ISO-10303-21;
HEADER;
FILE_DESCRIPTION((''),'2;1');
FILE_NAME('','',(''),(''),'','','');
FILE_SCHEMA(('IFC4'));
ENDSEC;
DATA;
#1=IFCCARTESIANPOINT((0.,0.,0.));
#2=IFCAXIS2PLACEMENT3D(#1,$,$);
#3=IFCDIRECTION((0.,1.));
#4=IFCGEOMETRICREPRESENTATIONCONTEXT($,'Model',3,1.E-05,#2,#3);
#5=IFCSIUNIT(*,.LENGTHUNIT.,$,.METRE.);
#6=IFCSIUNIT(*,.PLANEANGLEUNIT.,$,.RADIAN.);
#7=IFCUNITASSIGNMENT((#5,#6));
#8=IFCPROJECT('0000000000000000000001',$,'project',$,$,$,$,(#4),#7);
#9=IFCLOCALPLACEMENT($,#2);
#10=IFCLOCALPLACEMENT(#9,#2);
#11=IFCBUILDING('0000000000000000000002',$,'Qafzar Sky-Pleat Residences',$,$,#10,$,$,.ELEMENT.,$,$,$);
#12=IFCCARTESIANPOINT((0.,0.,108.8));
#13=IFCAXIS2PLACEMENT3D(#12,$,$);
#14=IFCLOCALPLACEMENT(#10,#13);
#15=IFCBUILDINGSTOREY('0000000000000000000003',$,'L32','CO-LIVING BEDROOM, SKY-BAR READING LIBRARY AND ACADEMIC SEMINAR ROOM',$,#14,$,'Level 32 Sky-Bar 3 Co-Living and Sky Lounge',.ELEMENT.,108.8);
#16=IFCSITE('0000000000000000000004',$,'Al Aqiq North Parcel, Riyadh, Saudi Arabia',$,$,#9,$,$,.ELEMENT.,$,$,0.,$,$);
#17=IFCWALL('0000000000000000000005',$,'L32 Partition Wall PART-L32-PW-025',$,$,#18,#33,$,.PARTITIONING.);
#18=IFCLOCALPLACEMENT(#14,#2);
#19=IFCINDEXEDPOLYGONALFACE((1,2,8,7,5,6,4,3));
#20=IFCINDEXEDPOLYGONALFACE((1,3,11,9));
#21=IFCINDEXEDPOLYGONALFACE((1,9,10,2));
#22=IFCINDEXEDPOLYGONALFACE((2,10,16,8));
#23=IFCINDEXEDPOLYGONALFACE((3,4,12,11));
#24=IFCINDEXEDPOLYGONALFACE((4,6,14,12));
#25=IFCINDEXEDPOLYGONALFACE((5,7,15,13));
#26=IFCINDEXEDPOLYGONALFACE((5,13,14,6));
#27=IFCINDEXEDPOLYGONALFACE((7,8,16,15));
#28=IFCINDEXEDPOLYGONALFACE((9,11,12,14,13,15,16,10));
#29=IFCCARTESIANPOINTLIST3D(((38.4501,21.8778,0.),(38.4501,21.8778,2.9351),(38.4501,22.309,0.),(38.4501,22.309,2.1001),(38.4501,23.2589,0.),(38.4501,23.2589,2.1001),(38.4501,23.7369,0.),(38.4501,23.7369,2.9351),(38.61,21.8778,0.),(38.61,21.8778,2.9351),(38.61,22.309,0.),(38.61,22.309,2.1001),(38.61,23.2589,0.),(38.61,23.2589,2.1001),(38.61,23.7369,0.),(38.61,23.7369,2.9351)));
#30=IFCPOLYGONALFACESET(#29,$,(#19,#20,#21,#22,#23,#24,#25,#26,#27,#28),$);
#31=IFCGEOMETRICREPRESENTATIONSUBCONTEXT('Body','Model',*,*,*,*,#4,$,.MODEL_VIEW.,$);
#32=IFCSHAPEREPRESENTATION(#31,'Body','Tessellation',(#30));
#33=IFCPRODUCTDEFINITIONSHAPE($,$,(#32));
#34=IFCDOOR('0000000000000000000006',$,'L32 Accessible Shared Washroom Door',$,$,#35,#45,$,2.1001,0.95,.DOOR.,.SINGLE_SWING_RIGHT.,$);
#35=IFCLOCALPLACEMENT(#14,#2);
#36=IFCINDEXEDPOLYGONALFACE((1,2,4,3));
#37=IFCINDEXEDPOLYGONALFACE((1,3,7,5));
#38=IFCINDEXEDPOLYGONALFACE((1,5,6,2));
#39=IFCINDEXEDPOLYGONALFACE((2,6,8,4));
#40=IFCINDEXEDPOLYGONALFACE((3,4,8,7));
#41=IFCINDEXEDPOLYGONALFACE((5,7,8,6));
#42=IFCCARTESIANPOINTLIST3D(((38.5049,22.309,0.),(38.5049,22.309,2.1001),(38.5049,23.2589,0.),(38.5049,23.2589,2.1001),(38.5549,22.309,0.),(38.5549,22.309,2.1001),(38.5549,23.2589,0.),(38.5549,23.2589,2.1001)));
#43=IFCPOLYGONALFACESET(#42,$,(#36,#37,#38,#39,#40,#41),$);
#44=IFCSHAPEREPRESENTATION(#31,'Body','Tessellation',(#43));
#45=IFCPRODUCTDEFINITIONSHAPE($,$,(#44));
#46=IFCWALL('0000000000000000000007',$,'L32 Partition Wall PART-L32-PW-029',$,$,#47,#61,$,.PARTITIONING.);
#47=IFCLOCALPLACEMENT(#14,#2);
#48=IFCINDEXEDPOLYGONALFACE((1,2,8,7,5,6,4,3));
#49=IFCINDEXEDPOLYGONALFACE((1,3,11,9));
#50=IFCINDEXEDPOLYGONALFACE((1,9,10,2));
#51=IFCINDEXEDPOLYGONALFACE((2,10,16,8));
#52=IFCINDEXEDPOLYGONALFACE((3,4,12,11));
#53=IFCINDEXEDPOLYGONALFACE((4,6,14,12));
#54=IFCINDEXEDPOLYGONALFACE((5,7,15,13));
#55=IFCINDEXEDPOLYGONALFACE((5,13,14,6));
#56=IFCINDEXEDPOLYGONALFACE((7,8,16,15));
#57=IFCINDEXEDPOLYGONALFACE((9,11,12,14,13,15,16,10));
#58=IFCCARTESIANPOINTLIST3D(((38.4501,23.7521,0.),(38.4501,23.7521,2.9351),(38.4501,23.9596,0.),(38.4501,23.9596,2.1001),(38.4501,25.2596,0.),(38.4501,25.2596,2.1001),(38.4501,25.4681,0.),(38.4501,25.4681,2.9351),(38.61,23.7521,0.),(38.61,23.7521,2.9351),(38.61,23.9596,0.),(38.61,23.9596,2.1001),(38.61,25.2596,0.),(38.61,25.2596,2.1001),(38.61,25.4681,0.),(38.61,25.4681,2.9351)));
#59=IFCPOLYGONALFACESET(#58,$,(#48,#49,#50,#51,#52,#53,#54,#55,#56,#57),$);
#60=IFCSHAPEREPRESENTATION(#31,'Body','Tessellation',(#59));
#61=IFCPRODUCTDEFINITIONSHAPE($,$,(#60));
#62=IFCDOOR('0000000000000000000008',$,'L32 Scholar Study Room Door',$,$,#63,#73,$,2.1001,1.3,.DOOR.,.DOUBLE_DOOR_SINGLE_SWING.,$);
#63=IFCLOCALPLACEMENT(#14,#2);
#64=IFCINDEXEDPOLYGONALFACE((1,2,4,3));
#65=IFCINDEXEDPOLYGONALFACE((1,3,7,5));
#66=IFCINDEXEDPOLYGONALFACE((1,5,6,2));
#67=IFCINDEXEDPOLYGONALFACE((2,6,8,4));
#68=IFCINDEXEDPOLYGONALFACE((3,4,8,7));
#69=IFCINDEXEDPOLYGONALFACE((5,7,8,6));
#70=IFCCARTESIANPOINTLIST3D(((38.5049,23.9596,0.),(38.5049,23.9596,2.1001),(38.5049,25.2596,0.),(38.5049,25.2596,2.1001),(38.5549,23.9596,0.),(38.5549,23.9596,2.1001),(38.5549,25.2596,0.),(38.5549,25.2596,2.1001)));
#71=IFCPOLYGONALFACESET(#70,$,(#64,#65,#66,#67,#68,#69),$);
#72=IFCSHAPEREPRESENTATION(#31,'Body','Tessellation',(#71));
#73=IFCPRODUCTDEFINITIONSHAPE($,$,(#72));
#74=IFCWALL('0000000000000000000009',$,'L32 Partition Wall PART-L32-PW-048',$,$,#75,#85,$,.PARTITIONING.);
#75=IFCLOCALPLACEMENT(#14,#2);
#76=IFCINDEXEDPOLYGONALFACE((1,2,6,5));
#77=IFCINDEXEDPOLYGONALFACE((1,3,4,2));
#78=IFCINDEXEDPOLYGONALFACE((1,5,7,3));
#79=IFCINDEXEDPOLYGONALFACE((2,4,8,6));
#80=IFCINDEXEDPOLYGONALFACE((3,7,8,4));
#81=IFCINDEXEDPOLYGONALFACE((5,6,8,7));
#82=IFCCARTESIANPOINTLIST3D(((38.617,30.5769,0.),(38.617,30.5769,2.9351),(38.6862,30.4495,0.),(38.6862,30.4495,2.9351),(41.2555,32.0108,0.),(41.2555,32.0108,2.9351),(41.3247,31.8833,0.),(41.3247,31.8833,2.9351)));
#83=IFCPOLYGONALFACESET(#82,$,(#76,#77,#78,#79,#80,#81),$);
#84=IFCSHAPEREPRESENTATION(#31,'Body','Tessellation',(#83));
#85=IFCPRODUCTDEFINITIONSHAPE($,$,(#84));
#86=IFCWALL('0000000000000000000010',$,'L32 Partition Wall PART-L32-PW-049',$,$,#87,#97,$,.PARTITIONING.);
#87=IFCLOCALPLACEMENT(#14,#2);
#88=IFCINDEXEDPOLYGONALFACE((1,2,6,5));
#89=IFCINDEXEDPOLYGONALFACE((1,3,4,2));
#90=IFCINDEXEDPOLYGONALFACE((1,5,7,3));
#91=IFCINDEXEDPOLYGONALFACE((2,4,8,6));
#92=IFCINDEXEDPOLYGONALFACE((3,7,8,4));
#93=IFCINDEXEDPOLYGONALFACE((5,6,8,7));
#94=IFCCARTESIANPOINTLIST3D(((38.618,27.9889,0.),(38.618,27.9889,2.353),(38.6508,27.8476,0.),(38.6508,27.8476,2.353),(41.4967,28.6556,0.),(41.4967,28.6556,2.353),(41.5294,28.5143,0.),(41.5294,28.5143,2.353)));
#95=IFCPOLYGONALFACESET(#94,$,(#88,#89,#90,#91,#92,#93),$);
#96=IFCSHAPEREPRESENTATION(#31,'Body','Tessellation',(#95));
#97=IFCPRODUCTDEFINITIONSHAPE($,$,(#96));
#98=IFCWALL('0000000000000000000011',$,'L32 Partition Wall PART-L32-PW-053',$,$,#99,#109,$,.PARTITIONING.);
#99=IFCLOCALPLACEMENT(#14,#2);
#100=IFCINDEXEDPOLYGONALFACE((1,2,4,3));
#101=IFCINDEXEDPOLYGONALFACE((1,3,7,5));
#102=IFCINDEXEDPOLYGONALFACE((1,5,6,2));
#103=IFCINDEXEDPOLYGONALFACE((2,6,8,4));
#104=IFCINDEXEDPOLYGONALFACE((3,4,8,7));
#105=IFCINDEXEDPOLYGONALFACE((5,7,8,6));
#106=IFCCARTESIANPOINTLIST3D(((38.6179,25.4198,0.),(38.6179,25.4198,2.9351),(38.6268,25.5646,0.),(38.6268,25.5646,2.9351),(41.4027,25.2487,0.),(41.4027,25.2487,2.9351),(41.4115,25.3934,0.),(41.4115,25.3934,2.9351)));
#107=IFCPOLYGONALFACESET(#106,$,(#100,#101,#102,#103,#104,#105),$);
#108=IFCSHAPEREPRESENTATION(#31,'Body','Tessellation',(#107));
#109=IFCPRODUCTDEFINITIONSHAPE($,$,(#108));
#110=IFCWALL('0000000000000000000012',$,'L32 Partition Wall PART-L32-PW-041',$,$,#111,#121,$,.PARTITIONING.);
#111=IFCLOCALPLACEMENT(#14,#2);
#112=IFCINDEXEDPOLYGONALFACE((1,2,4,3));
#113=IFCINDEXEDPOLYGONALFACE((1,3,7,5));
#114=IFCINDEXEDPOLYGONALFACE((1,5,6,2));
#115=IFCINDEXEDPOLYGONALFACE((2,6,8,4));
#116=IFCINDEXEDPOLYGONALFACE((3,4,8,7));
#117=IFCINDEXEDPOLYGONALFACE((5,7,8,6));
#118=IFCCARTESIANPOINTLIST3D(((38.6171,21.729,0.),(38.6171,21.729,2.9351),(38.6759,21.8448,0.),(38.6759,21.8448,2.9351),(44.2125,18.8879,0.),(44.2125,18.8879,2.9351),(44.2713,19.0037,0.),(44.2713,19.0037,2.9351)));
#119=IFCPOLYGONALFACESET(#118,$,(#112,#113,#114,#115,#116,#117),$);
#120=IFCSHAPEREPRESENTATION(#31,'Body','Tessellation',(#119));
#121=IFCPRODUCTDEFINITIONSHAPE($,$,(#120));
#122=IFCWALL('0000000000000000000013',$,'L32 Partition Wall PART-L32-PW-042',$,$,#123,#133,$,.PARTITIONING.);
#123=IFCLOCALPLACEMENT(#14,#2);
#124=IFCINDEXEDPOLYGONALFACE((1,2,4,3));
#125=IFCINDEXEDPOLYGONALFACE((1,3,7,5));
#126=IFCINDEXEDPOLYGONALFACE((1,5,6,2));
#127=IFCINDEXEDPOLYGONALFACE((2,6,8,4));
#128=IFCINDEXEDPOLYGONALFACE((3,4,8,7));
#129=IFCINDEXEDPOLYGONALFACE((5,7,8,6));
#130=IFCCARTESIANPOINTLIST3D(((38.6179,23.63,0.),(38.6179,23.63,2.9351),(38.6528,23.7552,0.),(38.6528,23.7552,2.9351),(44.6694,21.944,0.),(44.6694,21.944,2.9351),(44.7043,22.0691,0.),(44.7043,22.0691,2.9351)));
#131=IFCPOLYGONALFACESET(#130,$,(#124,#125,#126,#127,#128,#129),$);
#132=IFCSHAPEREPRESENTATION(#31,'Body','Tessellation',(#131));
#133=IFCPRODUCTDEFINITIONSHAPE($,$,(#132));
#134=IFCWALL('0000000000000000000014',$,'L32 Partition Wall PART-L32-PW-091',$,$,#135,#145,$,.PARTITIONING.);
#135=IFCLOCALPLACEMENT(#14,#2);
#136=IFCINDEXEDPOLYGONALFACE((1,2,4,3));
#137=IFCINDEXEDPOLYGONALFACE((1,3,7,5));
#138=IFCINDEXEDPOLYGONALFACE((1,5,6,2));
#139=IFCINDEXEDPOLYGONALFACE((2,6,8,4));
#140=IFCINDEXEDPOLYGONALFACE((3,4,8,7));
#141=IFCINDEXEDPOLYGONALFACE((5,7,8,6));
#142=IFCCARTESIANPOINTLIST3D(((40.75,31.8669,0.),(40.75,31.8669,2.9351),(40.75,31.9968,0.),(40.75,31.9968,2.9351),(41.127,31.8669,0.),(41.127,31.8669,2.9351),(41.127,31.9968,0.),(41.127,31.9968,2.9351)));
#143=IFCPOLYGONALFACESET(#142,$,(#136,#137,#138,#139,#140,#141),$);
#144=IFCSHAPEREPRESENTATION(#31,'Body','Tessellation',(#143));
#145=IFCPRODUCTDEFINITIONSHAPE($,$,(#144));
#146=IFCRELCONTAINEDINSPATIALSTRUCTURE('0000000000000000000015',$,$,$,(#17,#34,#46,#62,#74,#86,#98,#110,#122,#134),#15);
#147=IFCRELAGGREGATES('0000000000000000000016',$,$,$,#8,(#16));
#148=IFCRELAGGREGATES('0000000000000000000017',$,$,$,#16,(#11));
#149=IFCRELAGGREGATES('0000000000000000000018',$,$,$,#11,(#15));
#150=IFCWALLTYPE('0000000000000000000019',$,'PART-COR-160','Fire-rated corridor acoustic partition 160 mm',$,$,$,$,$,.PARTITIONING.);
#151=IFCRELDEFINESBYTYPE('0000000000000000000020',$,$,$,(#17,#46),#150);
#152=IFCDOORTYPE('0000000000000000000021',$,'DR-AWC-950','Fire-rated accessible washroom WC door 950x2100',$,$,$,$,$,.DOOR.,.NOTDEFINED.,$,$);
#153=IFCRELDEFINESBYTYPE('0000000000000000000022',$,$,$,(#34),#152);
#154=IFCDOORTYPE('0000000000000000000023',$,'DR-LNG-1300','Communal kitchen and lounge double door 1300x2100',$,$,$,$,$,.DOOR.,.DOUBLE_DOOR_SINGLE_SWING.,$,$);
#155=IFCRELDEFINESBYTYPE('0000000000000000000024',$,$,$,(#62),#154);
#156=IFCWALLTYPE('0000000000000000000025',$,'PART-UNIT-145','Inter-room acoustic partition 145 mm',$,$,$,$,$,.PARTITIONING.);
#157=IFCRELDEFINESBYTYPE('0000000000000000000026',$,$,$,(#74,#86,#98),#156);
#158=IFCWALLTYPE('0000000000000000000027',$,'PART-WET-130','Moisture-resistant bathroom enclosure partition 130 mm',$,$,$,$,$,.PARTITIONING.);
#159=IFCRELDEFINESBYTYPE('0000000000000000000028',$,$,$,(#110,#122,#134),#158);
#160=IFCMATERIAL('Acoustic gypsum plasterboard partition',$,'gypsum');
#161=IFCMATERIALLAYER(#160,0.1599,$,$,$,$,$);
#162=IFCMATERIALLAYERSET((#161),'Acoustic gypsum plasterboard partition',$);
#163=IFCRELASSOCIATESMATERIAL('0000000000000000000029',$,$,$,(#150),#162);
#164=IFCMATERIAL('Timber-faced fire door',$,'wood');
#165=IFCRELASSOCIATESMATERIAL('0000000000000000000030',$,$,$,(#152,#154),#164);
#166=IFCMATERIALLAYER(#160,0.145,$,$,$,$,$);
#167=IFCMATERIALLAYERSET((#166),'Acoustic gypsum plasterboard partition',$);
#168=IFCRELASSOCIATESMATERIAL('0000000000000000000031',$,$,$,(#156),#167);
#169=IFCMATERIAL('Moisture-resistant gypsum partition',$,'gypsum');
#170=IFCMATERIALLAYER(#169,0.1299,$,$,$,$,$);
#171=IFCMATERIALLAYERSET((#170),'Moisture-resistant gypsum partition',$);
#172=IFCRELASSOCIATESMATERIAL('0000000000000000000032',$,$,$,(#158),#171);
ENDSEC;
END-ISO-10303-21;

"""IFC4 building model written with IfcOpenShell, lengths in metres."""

from ifc_helpers import new_model, si_unit, direction, frame, frame_2d, origin, place, context, subcontext, project, spatial, rectangle, extrude, source, transform, mapped, material, layer, layer_set, type_object, element, fill, save


model = new_model("IFC4")

# Units and contexts
model_context = context("Model", 3, precision=1e-05, world=origin(), true_north=direction((0.0, 1.0)))
body_context = subcontext(model_context, "Body", "Model", "MODEL_VIEW")
ifc_project = project(units=[si_unit("LENGTHUNIT", "METRE"), si_unit("PLANEANGLEUNIT", "RADIAN")], contexts=[model_context])

# Site, building, storey
site_placement = place(None, origin())
site = spatial("IfcSite", under=ifc_project, at=site_placement, Name="Al Aqiq North Parcel, Riyadh, Saudi Arabia", CompositionType="ELEMENT", RefElevation=0.0)
building_placement = place(site_placement, origin())
building = spatial("IfcBuilding", under=site, at=building_placement, Name="Qafzar Sky-Pleat Residences", CompositionType="ELEMENT")
storey_placement = place(building_placement, frame((0.0, 0.0, 108.8)))
storey = spatial("IfcBuildingStorey", under=building, at=storey_placement, Name="L32", Description="CO-LIVING BEDROOM, SKY-BAR READING LIBRARY AND ACADEMIC SEMINAR ROOM", LongName="Level 32 Sky-Bar 3 Co-Living and Sky Lounge", CompositionType="ELEMENT", Elevation=108.8)

# Walls, openings, doors
ifc_material_1 = material(Name="Acoustic gypsum plasterboard partition", Category="gypsum")
ifc_layer_1 = layer(ifc_material_1, 0.1599)
ifc_layer_set_1 = layer_set([ifc_layer_1], Name="Acoustic gypsum plasterboard partition")
wall_type_1 = type_object("IfcWallType", Name="PART-COR-160", Description="Fire-rated corridor acoustic partition 160 mm", PredefinedType="PARTITIONING", material=ifc_layer_set_1)
ifc_material_2 = material(Name="Timber-faced fire door", Category="wood")
wall_1_placement = place(storey_placement, frame((38.53, 23.7371, 0.0), z_axis=(0.0, 0.0, 1.0), x_axis=(0.0, -1.0, 0.0)))
wall_1 = element("IfcWall", 1, at=wall_1_placement, inside=storey, type_object=wall_type_1, Name="L32 Partition Wall PART-L32-PW-025", PredefinedType="PARTITIONING", context=body_context, shape_type="SweptSolid", body=[
    extrude(rectangle(XDim=1.8591, YDim=0.1599, at=frame_2d((0.9297, 0.0))), origin(), (0.0, 0.0, 1.0), 2.9351),
])
opening_1_placement = place(wall_1_placement, frame((0.478, 0.0, 0.0)))
opening_1 = element("IfcOpeningElement", 2, at=opening_1_placement, cuts=wall_1, PredefinedType="OPENING", context=body_context, shape_type="SweptSolid", body=[
    extrude(rectangle(XDim=0.95, YDim=2.1001, at=frame_2d((0.4751, 1.05))), frame((0.0, 0.0898, 0.0), z_axis=(0.0, -1.0, 0.0), x_axis=(1.0, 0.0, 0.0)), (0.0, 0.0, 1.0), 0.1799),
])
door_type_1 = type_object("IfcDoorType", Name="DR-AWC-950", Description="Fire-rated accessible washroom WC door 950x2100", OperationType="NOTDEFINED", PredefinedType="DOOR", material=ifc_material_2)
shared_shape_1 = source(origin(), body_context, "Body", "SweptSolid", [
    extrude(rectangle(XDim=0.95, YDim=2.1001, at=frame_2d((0.4751, 1.05))), frame((0.0, 0.0249, 0.0), z_axis=(0.0, -1.0, 0.0), x_axis=(1.0, 0.0, 0.0)), (0.0, 0.0, 1.0), 0.05),
])
door_1_placement = place(opening_1_placement, origin())
door_1 = element("IfcDoor", 3, at=door_1_placement, inside=storey, type_object=door_type_1, Name="L32 Accessible Shared Washroom Door", OperationType="SINGLE_SWING_RIGHT", OverallHeight=2.1001, OverallWidth=0.95, PredefinedType="DOOR", context=body_context, shape_type="MappedRepresentation", body=[
    mapped(shared_shape_1, transform((0.0, 0.0, 0.0), x_axis=(1.0, 0.0, 0.0), y_axis=(0.0, 1.0, 0.0), z_axis=(0.0, 0.0, 1.0), scale=1.0)),
])
fill(opening_1, door_1)
wall_2_placement = place(storey_placement, frame((38.53, 25.468, 0.0), z_axis=(0.0, 0.0, 1.0), x_axis=(0.0, -1.0, 0.0)))
wall_2 = element("IfcWall", 4, at=wall_2_placement, inside=storey, type_object=wall_type_1, Name="L32 Partition Wall PART-L32-PW-029", PredefinedType="PARTITIONING", context=body_context, shape_type="SweptSolid", body=[
    extrude(rectangle(XDim=1.7161, YDim=0.1599, at=frame_2d((0.8579, 0.0))), origin(), (0.0, 0.0, 1.0), 2.9351),
])
opening_2_placement = place(wall_2_placement, frame((0.2085, 0.0, 0.0)))
opening_2 = element("IfcOpeningElement", 5, at=opening_2_placement, cuts=wall_2, PredefinedType="OPENING", context=body_context, shape_type="SweptSolid", body=[
    extrude(rectangle(XDim=1.3, YDim=2.1001, at=frame_2d((0.6499, 1.05))), frame((0.0, 0.0898, 0.0), z_axis=(0.0, -1.0, 0.0), x_axis=(1.0, 0.0, 0.0)), (0.0, 0.0, 1.0), 0.1799),
])
door_type_2 = type_object("IfcDoorType", Name="DR-LNG-1300", Description="Communal kitchen and lounge double door 1300x2100", OperationType="DOUBLE_DOOR_SINGLE_SWING", PredefinedType="DOOR", material=ifc_material_2)
shared_shape_2 = source(origin(), body_context, "Body", "SweptSolid", [
    extrude(rectangle(XDim=1.3, YDim=2.1001, at=frame_2d((0.6499, 1.05))), frame((0.0, 0.0249, 0.0), z_axis=(0.0, -1.0, 0.0), x_axis=(1.0, 0.0, 0.0)), (0.0, 0.0, 1.0), 0.05),
])
door_2_placement = place(opening_2_placement, origin())
door_2 = element("IfcDoor", 6, at=door_2_placement, inside=storey, type_object=door_type_2, Name="L32 Scholar Study Room Door", OperationType="DOUBLE_DOOR_SINGLE_SWING", OverallHeight=2.1001, OverallWidth=1.3, PredefinedType="DOOR", context=body_context, shape_type="MappedRepresentation", body=[
    mapped(shared_shape_2, transform((0.0, 0.0, 0.0), x_axis=(1.0, 0.0, 0.0), y_axis=(0.0, 1.0, 0.0), z_axis=(0.0, 0.0, 1.0), scale=1.0)),
])
fill(opening_2, door_2)

# Walls
ifc_layer_2 = layer(ifc_material_1, 0.145)
ifc_layer_set_2 = layer_set([ifc_layer_2], Name="Acoustic gypsum plasterboard partition")
wall_type_2 = type_object("IfcWallType", Name="PART-UNIT-145", Description="Inter-room acoustic partition 145 mm", PredefinedType="PARTITIONING", material=ifc_layer_set_2)
wall_3_placement = place(storey_placement, frame((38.6516, 30.5132, 0.0), z_axis=(0.0, 0.0, 1.0), x_axis=(0.878637, 0.47749, 0.0)))
element("IfcWall", 7, at=wall_3_placement, inside=storey, type_object=wall_type_2, Name="L32 Partition Wall PART-L32-PW-048", PredefinedType="PARTITIONING", context=body_context, shape_type="SweptSolid", body=[
    extrude(rectangle(XDim=3.0029, YDim=0.145, at=frame_2d((1.5015, 0.0))), origin(), (0.0, 0.0, 1.0), 2.9351),
])
wall_4_placement = place(storey_placement, frame((38.6343, 27.9182, 0.0), z_axis=(0.0, 0.0, 1.0), x_axis=(0.97421, 0.225644, 0.0)))
element("IfcWall", 8, at=wall_4_placement, inside=storey, type_object=wall_type_2, Name="L32 Partition Wall PART-L32-PW-049", PredefinedType="PARTITIONING", context=body_context, shape_type="SweptSolid", body=[
    extrude(rectangle(XDim=2.9548, YDim=0.145, at=frame_2d((1.4775, 0.0))), origin(), (0.0, 0.0, 1.0), 2.353),
])
wall_5_placement = place(storey_placement, frame((38.6223, 25.4922, 0.0), z_axis=(0.0, 0.0, 1.0), x_axis=(0.998117, -0.061343, 0.0)))
element("IfcWall", 9, at=wall_5_placement, inside=storey, type_object=wall_type_2, Name="L32 Partition Wall PART-L32-PW-053", PredefinedType="PARTITIONING", context=body_context, shape_type="SweptSolid", body=[
    extrude(rectangle(XDim=2.79, YDim=0.145, at=frame_2d((1.395, 0.0))), origin(), (0.0, 0.0, 1.0), 2.9351),
])
ifc_material_3 = material(Name="Moisture-resistant gypsum partition", Category="gypsum")
ifc_layer_3 = layer(ifc_material_3, 0.1299)
ifc_layer_set_3 = layer_set([ifc_layer_3], Name="Moisture-resistant gypsum partition")
wall_type_3 = type_object("IfcWallType", Name="PART-WET-130", Description="Moisture-resistant bathroom enclosure partition 130 mm", PredefinedType="PARTITIONING", material=ifc_layer_set_3)
wall_6_placement = place(storey_placement, frame((38.6465, 21.7869, 0.0), z_axis=(0.0, 0.0, 1.0), x_axis=(0.891648, -0.452729, 0.0)))
element("IfcWall", 10, at=wall_6_placement, inside=storey, type_object=wall_type_3, Name="L32 Partition Wall PART-L32-PW-041", PredefinedType="PARTITIONING", context=body_context, shape_type="SweptSolid", body=[
    extrude(rectangle(XDim=6.2754, YDim=0.1299, at=frame_2d((3.1377, 0.0))), origin(), (0.0, 0.0, 1.0), 2.9351),
])
wall_7_placement = place(storey_placement, frame((38.6353, 23.6926, 0.0), z_axis=(0.0, 0.0, 1.0), x_axis=(0.96331, -0.268391, 0.0)))
element("IfcWall", 11, at=wall_7_placement, inside=storey, type_object=wall_type_3, Name="L32 Partition Wall PART-L32-PW-042", PredefinedType="PARTITIONING", context=body_context, shape_type="SweptSolid", body=[
    extrude(rectangle(XDim=6.282, YDim=0.1299, at=frame_2d((3.1411, 0.0))), origin(), (0.0, 0.0, 1.0), 2.9351),
])
wall_8_placement = place(storey_placement, frame((40.75, 31.9319, 0.0), z_axis=(0.0, 0.0, 1.0), x_axis=(1.0, 0.0, 0.0)))
element("IfcWall", 12, at=wall_8_placement, inside=storey, type_object=wall_type_3, Name="L32 Partition Wall PART-L32-PW-091", PredefinedType="PARTITIONING", context=body_context, shape_type="SweptSolid", body=[
    extrude(rectangle(XDim=0.377, YDim=0.1299, at=frame_2d((0.1885, 0.0))), origin(), (0.0, 0.0, 1.0), 2.9351),
])

save(model, "model.ifc")
